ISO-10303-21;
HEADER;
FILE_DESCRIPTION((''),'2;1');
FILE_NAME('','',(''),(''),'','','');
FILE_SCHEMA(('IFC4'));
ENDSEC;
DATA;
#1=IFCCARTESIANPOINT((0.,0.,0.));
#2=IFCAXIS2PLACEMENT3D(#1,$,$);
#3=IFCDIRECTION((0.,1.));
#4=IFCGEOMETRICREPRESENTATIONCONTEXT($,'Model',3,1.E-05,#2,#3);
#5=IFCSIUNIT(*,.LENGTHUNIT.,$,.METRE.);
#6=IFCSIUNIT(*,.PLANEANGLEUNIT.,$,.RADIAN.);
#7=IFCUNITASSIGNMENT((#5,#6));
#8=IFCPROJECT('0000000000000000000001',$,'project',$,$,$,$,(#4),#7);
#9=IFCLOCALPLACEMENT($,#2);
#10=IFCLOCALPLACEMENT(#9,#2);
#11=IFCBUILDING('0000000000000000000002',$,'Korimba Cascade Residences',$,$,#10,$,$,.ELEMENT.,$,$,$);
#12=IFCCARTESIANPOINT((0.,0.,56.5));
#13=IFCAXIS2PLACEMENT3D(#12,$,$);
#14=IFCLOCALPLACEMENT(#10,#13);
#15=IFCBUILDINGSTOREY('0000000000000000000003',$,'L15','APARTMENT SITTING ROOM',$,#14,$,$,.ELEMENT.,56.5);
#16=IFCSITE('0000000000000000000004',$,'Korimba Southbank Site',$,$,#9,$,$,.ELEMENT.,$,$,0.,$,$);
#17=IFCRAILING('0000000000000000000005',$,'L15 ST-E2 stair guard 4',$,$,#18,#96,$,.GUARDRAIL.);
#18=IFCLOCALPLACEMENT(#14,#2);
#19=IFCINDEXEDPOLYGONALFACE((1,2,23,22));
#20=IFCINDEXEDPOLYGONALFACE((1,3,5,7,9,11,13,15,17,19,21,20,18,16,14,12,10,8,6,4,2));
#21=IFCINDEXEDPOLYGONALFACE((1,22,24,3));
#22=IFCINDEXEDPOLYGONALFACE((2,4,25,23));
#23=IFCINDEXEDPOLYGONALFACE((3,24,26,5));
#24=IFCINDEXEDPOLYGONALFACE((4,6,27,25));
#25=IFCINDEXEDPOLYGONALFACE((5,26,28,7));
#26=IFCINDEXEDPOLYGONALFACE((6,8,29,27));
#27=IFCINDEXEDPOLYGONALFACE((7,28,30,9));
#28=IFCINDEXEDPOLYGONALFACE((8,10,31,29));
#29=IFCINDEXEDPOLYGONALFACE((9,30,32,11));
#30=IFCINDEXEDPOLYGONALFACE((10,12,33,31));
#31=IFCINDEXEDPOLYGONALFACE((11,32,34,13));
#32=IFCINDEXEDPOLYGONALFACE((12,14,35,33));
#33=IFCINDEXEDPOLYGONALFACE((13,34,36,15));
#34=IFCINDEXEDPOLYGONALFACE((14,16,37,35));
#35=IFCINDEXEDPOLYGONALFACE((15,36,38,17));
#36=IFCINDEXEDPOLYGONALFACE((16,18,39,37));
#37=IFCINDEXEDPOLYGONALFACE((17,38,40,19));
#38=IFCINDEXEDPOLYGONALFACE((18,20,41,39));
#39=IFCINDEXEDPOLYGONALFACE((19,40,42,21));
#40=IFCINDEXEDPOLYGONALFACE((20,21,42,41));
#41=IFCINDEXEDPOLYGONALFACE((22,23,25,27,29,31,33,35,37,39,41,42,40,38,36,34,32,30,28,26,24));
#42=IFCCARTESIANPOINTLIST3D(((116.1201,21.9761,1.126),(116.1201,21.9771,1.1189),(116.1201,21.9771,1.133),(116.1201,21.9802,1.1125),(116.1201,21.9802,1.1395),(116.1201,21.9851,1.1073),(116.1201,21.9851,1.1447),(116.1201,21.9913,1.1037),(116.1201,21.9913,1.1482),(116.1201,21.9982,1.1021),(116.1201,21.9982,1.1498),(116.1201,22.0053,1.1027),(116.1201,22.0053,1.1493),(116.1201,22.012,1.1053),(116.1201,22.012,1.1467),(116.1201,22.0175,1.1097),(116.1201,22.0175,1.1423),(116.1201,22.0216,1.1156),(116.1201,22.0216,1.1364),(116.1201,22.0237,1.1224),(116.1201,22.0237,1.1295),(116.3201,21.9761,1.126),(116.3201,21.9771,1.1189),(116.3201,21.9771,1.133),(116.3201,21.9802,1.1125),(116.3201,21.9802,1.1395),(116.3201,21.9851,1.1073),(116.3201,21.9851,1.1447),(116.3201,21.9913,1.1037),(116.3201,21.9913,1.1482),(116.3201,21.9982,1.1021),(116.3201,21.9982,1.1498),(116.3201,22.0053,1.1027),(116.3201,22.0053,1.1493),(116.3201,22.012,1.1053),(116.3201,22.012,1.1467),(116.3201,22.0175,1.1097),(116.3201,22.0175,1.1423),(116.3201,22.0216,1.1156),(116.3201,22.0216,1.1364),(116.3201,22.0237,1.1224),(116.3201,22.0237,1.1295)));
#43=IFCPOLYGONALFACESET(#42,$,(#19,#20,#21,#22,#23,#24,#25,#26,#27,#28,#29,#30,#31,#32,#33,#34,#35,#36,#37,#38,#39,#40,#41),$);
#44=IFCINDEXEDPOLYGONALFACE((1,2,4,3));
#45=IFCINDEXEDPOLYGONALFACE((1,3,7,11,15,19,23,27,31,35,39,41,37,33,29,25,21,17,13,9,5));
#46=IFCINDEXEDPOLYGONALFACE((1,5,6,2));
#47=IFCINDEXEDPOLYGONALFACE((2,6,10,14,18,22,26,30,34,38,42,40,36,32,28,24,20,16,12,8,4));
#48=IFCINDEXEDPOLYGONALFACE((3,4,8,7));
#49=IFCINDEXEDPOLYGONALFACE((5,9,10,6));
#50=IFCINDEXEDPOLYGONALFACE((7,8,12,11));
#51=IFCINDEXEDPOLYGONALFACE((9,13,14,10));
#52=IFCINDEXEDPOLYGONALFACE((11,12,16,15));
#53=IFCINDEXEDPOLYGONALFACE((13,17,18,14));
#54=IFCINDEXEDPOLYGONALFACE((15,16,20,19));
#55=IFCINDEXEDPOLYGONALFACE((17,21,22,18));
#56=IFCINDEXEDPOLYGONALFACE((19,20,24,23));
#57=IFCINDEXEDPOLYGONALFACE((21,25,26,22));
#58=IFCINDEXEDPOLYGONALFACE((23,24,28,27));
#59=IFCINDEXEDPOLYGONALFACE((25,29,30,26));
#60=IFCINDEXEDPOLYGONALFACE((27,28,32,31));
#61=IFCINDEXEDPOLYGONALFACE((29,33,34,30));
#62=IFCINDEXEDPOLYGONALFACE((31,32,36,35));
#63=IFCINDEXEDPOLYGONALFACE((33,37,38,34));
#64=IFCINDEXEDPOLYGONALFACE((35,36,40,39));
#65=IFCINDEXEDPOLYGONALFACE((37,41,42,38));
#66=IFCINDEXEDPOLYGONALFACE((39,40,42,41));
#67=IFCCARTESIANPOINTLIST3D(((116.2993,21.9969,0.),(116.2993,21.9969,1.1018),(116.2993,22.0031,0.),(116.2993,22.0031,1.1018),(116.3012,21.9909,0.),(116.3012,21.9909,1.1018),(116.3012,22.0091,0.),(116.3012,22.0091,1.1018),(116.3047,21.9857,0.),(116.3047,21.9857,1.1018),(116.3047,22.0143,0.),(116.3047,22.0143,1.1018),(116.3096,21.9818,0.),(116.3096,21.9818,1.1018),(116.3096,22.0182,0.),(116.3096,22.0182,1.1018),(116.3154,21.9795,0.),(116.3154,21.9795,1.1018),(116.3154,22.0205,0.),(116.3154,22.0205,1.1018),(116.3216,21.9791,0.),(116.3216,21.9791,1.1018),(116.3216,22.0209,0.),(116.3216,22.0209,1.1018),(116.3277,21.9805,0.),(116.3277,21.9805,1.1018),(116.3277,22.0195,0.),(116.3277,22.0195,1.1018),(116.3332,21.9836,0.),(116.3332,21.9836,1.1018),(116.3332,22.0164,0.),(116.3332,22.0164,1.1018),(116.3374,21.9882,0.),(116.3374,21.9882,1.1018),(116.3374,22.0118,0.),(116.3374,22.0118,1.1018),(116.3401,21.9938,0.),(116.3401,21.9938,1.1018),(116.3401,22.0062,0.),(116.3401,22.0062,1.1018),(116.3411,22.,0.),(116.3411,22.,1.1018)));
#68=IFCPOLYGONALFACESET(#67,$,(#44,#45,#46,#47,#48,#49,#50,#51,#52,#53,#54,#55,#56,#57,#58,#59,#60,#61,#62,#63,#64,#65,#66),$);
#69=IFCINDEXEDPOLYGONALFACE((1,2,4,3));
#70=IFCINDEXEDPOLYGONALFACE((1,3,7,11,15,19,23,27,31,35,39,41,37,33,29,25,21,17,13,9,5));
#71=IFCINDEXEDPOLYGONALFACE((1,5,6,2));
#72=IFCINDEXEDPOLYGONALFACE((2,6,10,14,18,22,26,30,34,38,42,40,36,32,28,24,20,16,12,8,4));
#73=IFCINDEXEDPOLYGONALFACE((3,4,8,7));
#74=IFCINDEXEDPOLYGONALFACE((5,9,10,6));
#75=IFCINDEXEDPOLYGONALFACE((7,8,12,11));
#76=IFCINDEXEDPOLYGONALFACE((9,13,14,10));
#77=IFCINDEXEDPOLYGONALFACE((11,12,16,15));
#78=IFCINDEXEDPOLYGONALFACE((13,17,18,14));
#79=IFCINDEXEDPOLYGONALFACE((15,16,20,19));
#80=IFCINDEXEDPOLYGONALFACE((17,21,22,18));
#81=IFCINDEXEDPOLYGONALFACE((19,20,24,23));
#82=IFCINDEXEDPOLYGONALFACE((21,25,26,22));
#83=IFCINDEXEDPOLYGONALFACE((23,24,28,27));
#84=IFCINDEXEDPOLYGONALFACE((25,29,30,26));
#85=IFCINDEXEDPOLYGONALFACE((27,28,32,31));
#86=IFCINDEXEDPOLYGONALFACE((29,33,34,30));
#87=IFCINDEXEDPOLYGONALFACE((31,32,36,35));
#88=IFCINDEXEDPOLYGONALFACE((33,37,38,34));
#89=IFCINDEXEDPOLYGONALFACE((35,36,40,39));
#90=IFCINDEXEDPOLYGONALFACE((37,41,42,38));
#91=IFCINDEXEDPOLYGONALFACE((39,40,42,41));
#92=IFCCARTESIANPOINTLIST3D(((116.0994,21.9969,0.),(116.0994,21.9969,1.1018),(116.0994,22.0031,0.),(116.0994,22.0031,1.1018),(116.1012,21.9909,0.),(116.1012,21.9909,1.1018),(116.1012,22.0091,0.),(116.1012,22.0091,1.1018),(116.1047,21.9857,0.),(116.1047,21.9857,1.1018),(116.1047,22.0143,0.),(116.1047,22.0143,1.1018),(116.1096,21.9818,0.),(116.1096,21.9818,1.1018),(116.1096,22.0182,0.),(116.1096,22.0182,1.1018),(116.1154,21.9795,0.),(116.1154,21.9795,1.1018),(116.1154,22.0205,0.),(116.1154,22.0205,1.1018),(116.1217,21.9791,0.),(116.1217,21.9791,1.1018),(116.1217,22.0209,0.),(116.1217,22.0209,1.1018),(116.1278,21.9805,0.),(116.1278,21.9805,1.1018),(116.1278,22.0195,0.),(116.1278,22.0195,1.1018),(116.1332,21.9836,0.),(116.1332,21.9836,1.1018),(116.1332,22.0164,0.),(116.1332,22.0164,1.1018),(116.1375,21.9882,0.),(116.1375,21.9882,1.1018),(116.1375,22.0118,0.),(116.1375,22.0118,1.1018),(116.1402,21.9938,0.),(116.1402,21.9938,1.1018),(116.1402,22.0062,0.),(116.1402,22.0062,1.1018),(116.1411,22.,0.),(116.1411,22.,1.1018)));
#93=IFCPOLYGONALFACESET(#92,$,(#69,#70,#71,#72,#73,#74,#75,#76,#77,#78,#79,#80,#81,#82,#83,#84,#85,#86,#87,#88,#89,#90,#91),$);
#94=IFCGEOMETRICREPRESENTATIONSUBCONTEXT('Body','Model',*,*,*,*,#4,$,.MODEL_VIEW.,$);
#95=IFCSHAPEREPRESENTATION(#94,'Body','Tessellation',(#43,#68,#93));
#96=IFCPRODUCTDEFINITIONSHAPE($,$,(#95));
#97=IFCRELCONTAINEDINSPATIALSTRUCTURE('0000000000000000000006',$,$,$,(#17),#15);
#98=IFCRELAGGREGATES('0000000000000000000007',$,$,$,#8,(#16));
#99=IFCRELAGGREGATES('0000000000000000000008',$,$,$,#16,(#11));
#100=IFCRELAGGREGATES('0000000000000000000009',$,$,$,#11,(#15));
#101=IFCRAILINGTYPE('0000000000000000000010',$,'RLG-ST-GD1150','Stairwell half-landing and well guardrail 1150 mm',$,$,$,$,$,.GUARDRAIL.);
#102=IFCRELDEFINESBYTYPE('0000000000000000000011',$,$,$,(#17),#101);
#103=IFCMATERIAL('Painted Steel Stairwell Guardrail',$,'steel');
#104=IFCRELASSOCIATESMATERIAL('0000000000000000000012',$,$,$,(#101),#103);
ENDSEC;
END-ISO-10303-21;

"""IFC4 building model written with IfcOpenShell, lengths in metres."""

from ifc_helpers import new_model, si_unit, direction, frame, origin, origin_2d, place, context, subcontext, project, spatial, circle, extrude, material, type_object, element, save


model = new_model("IFC4")

# Units and contexts
model_context = context("Model", 3, precision=1e-05, world=origin(), true_north=direction((0.0, 1.0)))
body_context = subcontext(model_context, "Body", "Model", "MODEL_VIEW")
ifc_project = project(units=[si_unit("LENGTHUNIT", "METRE"), si_unit("PLANEANGLEUNIT", "RADIAN")], contexts=[model_context])

# Site, building, storey
site_placement = place(None, origin())
site = spatial("IfcSite", under=ifc_project, at=site_placement, Name="Korimba Southbank Site", CompositionType="ELEMENT", RefElevation=0.0)
building_placement = place(site_placement, origin())
building = spatial("IfcBuilding", under=site, at=building_placement, Name="Korimba Cascade Residences", CompositionType="ELEMENT")
storey_placement = place(building_placement, frame((0.0, 0.0, 56.5)))
storey = spatial("IfcBuildingStorey", under=building, at=storey_placement, Name="L15", Description="APARTMENT SITTING ROOM", CompositionType="ELEMENT", Elevation=56.5)

# Railing
ifc_material_1 = material(Name="Painted Steel Stairwell Guardrail", Category="steel")
railing_type_1 = type_object("IfcRailingType", Name="RLG-ST-GD1150", Description="Stairwell half-landing and well guardrail 1150 mm", PredefinedType="GUARDRAIL", material=ifc_material_1)
railing_1_placement = place(storey_placement, frame((116.3201, 22.0, 0.0)))
element("IfcRailing", 1, at=railing_1_placement, inside=storey, type_object=railing_type_1, Name="L15 ST-E2 stair guard 4", PredefinedType="GUARDRAIL", context=body_context, shape_type="SweptSolid", body=[
    extrude(circle(Radius=0.0239, at=origin_2d()), frame((0.0, 0.0, 1.126), z_axis=(-1.0, 0.0, 0.0), x_axis=(0.0, -1.0, 0.0)), (0.0, 0.0, 1.0), 0.2),
    extrude(circle(Radius=0.021, at=origin_2d()), origin(), (0.0, 0.0, 1.0), 1.1018),
    extrude(circle(Radius=0.021, at=origin_2d()), frame((-0.2, 0.0, 0.0)), (0.0, 0.0, 1.0), 1.1018),
])

save(model, "model.ifc")
